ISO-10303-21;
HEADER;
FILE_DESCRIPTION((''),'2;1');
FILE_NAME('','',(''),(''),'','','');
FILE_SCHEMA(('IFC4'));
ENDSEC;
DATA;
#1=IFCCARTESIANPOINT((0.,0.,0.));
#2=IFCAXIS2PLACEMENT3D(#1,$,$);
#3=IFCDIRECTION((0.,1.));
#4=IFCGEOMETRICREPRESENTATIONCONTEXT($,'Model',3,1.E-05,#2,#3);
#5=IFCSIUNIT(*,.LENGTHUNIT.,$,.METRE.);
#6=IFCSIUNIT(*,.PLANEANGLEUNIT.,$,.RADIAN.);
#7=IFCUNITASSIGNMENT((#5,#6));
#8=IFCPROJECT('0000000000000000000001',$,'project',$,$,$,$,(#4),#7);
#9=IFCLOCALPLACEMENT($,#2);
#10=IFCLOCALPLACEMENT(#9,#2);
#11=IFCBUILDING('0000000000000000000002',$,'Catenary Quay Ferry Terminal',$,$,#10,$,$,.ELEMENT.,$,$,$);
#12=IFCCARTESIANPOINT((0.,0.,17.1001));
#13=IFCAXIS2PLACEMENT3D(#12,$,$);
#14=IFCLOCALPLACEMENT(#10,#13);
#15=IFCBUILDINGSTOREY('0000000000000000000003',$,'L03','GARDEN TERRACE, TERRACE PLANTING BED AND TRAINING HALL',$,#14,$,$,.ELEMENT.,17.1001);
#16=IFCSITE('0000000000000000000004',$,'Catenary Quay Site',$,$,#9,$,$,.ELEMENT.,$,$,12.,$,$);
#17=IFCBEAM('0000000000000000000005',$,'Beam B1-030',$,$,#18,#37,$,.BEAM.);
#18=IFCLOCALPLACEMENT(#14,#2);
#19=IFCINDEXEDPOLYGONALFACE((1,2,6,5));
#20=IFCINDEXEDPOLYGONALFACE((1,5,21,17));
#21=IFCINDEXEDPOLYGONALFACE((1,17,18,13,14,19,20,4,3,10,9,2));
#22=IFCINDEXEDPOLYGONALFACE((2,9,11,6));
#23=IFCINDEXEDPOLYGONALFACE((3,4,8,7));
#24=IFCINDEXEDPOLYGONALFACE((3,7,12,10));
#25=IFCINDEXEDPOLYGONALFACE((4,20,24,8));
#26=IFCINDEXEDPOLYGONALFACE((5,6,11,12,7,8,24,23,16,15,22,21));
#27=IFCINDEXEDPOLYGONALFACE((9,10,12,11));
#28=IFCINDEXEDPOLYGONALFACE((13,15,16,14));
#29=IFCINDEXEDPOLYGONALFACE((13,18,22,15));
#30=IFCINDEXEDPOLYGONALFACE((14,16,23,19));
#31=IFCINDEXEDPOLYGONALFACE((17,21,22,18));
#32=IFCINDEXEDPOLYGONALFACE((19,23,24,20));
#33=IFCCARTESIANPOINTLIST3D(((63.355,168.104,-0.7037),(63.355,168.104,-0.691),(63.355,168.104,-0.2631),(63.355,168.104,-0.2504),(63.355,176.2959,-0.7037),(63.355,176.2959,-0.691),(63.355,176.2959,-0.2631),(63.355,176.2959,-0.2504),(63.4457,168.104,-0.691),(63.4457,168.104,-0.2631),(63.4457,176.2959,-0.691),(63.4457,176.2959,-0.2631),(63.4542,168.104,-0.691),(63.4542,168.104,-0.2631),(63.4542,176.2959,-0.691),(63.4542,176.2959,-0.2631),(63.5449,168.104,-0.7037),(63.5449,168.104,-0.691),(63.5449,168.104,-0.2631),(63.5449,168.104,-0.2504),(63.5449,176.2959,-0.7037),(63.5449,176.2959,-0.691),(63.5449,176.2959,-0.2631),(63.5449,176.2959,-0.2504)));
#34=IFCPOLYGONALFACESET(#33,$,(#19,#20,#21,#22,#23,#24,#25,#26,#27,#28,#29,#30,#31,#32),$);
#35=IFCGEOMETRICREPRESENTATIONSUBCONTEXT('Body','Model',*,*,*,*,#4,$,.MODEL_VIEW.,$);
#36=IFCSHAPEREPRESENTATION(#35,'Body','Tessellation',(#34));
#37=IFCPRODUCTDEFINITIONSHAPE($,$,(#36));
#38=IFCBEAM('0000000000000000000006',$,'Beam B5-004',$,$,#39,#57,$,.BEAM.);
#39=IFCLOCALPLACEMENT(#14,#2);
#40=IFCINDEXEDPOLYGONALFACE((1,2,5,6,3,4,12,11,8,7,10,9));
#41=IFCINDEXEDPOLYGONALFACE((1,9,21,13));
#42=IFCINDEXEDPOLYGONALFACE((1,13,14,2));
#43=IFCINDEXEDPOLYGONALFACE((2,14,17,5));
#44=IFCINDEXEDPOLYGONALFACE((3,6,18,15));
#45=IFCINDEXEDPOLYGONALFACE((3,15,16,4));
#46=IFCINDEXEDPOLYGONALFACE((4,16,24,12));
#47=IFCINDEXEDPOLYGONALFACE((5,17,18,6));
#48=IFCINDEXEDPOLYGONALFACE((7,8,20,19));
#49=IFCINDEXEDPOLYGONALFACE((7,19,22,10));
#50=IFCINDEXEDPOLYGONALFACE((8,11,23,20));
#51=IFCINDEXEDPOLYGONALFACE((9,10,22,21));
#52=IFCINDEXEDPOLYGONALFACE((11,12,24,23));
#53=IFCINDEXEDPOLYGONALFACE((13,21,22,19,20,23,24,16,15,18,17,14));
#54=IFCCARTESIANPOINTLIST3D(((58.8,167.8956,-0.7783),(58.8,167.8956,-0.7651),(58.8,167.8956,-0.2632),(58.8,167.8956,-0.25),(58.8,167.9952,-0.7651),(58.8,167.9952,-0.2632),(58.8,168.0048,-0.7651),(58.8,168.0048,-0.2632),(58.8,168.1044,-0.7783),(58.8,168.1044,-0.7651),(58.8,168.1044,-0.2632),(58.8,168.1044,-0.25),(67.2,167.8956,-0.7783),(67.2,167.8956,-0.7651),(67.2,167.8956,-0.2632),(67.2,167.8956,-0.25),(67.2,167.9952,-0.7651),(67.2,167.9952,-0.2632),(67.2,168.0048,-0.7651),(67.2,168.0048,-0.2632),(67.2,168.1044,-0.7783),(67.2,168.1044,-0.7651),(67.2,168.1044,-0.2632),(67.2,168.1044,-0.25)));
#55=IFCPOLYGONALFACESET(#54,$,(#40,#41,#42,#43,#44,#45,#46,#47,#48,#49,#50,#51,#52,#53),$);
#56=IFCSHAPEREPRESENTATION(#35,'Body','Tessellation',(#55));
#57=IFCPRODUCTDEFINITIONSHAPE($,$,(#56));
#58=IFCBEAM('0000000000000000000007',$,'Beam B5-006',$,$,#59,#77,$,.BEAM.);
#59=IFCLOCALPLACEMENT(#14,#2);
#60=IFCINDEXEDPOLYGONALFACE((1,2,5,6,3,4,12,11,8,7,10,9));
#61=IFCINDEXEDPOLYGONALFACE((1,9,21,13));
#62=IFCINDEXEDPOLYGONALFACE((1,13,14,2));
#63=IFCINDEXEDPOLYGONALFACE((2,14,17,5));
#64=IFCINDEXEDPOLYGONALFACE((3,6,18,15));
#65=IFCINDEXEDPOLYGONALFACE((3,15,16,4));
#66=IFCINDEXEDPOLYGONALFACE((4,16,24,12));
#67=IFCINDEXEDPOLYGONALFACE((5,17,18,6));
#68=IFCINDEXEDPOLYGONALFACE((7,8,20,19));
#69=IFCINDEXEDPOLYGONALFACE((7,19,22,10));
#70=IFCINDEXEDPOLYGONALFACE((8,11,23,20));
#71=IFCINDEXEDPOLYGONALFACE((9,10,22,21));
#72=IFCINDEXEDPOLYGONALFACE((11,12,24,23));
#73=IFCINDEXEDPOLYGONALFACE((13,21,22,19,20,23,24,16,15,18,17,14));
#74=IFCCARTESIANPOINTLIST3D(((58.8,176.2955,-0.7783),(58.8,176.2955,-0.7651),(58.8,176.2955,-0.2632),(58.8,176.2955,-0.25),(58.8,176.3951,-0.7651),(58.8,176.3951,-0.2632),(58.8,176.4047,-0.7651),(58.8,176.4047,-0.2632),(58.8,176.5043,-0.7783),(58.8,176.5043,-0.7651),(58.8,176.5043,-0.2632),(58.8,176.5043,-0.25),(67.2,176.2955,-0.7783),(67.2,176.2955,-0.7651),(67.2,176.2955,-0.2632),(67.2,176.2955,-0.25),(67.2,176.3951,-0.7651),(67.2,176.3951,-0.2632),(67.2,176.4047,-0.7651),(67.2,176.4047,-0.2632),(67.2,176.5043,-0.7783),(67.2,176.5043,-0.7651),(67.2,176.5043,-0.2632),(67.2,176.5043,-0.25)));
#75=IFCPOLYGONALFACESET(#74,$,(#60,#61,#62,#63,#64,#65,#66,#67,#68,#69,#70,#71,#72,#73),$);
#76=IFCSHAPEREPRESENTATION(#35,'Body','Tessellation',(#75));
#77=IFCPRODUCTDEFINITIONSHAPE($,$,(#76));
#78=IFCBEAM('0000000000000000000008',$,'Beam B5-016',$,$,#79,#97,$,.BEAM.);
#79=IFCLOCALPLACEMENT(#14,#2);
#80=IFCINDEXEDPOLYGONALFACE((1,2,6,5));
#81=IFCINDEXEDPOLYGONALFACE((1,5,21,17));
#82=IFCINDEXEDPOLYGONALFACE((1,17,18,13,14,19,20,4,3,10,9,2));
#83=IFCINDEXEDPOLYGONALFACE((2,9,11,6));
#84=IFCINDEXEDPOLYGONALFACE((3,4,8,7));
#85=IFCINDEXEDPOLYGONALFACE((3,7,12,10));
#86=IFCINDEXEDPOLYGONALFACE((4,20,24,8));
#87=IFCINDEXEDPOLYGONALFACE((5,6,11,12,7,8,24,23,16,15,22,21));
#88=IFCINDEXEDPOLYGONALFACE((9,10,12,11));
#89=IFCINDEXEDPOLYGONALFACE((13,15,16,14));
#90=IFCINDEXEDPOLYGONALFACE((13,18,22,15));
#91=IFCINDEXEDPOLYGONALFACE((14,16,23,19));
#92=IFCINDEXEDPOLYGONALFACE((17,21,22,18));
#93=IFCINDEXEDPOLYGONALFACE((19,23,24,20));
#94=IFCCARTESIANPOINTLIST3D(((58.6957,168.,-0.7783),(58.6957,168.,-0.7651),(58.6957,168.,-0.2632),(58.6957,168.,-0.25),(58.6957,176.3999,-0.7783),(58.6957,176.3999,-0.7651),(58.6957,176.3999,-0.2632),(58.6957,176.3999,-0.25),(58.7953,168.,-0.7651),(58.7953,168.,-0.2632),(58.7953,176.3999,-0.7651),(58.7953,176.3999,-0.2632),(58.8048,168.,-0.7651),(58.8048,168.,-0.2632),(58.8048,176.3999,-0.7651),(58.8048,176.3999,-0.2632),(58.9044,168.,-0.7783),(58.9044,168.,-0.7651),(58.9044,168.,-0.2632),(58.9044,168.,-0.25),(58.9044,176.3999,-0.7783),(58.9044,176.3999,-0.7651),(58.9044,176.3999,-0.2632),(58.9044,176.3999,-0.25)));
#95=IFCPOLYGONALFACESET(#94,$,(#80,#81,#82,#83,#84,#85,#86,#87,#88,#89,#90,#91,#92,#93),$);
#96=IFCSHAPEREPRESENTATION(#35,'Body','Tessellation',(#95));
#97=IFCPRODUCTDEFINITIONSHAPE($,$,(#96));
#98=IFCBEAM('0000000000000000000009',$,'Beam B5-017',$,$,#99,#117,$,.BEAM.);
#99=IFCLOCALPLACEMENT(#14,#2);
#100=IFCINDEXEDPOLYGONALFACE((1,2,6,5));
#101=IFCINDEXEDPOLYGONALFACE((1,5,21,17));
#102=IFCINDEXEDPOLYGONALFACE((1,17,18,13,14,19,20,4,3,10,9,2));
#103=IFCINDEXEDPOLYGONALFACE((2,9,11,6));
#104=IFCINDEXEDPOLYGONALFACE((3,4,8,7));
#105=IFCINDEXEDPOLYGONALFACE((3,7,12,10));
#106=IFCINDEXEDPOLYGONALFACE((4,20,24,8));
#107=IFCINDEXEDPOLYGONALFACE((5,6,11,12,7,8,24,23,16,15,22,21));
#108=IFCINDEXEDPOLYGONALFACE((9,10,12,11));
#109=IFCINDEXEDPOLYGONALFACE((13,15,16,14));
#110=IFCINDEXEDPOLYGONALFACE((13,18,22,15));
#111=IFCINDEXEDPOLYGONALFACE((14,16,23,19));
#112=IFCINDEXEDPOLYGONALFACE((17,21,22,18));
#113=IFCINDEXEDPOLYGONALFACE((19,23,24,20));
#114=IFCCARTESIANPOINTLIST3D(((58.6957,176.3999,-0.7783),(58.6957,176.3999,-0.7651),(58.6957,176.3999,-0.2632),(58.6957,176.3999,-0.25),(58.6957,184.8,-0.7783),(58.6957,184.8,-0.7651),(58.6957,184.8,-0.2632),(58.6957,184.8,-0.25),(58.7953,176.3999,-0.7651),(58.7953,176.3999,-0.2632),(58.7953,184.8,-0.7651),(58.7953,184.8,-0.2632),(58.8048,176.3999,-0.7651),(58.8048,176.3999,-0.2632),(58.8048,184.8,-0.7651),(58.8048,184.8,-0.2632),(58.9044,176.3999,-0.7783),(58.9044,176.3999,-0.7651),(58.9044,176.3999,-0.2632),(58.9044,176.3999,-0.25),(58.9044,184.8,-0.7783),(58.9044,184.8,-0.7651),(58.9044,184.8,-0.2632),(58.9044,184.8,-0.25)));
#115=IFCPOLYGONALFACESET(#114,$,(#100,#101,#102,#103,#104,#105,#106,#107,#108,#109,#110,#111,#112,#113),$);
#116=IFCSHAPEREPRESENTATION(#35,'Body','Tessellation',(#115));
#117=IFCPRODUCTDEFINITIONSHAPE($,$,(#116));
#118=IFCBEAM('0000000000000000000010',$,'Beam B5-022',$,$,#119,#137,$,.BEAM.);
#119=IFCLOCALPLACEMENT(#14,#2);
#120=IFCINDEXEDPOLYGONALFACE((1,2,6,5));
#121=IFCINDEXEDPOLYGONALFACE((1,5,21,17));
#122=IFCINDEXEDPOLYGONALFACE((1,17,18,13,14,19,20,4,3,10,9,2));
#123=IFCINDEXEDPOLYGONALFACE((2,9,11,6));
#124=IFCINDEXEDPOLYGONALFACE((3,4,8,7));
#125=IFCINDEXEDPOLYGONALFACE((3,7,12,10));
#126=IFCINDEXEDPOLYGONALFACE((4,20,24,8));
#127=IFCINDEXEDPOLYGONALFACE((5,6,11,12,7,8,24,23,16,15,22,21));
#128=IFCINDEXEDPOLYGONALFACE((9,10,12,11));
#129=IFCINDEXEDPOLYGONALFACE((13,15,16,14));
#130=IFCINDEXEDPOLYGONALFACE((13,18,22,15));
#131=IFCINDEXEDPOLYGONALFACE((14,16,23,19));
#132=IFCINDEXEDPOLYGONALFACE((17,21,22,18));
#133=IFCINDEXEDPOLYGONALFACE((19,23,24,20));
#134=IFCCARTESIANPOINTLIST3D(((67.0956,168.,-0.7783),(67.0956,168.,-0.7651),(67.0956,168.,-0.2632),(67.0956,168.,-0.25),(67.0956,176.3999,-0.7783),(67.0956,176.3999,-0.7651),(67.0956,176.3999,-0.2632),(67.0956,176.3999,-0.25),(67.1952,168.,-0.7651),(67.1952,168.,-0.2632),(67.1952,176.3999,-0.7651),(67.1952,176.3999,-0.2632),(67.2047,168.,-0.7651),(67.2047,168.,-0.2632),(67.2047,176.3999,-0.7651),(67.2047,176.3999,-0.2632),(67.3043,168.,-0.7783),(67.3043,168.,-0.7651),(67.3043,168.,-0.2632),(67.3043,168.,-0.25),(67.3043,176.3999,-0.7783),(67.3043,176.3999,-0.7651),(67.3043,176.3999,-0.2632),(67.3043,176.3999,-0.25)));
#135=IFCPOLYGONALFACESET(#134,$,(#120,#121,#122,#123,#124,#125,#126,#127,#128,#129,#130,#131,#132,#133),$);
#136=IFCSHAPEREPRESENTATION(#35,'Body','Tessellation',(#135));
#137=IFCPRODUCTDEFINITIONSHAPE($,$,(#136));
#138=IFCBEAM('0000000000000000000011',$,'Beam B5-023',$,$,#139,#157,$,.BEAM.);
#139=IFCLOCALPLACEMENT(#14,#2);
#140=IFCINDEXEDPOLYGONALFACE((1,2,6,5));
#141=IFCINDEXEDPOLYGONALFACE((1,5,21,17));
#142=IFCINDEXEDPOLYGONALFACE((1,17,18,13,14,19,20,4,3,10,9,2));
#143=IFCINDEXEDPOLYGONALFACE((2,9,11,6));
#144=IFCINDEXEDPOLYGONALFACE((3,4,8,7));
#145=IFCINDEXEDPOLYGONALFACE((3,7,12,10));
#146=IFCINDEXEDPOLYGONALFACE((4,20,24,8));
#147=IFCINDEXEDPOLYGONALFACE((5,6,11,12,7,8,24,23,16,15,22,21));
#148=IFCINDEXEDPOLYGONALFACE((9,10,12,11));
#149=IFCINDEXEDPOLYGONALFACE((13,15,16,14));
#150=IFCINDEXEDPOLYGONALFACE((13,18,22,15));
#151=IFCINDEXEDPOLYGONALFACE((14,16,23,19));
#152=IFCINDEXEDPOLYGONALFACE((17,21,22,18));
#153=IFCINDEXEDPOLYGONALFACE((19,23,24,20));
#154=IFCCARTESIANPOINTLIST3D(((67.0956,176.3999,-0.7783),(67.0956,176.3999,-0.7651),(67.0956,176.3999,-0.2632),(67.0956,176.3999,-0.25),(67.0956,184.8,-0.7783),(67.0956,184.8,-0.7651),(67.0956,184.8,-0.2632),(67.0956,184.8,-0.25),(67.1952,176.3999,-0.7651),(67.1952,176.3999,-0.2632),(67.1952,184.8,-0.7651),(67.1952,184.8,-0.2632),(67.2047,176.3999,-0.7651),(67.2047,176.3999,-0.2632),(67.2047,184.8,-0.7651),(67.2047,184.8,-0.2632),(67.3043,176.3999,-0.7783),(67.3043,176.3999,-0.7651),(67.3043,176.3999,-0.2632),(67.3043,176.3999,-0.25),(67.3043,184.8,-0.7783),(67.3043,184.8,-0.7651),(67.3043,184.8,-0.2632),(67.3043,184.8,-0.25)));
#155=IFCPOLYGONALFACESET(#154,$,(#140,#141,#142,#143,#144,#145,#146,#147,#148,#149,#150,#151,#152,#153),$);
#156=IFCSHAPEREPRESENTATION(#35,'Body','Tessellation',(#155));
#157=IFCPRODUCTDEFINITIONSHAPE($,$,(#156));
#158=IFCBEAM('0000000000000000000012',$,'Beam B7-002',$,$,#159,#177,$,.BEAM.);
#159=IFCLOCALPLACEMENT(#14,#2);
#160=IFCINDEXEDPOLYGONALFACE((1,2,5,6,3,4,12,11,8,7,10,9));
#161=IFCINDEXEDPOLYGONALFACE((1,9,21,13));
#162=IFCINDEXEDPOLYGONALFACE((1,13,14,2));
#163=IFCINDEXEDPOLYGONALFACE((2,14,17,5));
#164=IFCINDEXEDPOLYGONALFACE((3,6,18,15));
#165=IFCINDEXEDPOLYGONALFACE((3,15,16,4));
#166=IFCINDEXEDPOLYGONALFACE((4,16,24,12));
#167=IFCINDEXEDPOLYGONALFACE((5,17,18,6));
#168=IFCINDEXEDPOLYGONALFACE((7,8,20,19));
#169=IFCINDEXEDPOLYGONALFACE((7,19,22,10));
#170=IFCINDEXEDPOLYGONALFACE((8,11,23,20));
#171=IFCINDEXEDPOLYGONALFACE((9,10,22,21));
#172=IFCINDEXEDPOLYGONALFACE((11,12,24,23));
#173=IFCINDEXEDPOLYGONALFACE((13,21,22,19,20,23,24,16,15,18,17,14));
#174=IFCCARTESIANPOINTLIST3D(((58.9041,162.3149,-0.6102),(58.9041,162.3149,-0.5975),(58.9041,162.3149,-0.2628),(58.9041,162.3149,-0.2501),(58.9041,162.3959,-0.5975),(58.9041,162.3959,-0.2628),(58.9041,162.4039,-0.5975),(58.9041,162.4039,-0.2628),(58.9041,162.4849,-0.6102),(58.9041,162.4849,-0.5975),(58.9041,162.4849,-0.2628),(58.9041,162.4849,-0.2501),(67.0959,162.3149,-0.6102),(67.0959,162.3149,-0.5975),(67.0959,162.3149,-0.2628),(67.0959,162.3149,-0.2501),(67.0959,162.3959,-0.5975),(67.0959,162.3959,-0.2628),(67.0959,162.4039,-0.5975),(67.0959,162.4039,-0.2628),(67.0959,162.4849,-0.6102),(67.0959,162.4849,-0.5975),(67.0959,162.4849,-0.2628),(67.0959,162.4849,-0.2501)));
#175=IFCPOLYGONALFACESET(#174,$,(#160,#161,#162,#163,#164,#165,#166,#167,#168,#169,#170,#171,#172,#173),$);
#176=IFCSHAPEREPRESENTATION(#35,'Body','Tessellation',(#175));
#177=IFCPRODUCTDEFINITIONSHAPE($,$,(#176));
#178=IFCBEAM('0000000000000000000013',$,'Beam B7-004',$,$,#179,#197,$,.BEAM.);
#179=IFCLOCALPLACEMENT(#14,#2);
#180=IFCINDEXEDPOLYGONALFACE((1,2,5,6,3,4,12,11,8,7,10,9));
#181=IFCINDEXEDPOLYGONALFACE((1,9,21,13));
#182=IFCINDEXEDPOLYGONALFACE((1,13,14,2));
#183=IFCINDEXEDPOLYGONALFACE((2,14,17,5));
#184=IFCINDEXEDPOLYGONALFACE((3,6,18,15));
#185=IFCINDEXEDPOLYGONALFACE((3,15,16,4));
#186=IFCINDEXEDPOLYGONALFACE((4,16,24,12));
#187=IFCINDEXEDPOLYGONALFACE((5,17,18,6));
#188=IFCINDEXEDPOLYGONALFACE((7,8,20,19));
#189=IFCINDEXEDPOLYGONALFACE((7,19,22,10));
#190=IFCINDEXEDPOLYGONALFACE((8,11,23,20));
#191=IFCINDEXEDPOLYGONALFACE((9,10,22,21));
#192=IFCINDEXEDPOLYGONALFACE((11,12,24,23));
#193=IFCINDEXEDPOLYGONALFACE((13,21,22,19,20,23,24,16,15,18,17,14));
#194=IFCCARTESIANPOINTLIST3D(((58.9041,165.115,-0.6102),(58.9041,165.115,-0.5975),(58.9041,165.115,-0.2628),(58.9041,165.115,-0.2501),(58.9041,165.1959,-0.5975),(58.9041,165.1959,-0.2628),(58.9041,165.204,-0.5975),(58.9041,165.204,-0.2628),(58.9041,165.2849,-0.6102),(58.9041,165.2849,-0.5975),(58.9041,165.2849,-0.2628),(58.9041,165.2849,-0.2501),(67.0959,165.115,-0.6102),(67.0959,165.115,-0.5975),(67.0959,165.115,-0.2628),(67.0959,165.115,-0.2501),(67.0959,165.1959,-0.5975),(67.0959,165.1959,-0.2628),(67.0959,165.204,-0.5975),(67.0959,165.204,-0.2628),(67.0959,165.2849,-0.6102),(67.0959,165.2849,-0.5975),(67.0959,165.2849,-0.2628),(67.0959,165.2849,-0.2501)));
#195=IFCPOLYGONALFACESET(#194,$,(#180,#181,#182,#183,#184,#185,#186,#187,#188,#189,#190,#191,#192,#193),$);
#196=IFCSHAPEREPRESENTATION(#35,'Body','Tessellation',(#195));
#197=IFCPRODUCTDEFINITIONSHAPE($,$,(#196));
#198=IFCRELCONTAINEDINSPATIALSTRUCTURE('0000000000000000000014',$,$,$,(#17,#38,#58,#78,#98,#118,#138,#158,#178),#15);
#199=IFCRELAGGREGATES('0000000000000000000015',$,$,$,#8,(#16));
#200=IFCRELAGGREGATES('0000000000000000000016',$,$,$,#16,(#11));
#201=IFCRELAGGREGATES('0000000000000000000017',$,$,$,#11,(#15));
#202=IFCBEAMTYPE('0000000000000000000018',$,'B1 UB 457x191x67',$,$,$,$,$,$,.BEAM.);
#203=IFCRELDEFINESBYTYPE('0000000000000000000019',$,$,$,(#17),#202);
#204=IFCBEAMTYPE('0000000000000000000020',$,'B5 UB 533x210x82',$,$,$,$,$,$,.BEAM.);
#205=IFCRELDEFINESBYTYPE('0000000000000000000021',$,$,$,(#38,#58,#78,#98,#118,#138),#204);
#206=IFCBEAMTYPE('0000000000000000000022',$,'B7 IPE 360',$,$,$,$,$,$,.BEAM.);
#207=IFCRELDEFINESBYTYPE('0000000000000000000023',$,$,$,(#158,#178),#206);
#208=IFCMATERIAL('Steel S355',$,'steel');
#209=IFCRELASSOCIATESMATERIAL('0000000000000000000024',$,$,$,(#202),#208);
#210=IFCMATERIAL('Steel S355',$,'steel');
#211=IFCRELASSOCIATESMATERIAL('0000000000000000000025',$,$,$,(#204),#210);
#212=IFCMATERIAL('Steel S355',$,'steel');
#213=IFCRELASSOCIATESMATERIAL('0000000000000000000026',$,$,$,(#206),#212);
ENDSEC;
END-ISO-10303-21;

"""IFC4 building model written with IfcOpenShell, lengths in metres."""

from ifc_helpers import new_model, si_unit, direction, frame, origin, origin_2d, place, context, subcontext, project, spatial, i_section, extrude, material, material_profile, profile_set, type_object, element, save


model = new_model("IFC4")

# Units and contexts
model_context = context("Model", 3, precision=1e-05, world=origin(), true_north=direction((0.0, 1.0)))
body_context = subcontext(model_context, "Body", "Model", "MODEL_VIEW")
ifc_project = project(units=[si_unit("LENGTHUNIT", "METRE"), si_unit("PLANEANGLEUNIT", "RADIAN")], contexts=[model_context])

# Site, building, storey
site_placement = place(None, origin())
site = spatial("IfcSite", under=ifc_project, at=site_placement, Name="Catenary Quay Site", CompositionType="ELEMENT", RefElevation=12.0)
building_placement = place(site_placement, origin())
building = spatial("IfcBuilding", under=site, at=building_placement, Name="Catenary Quay Ferry Terminal", CompositionType="ELEMENT")
storey_placement = place(building_placement, frame((0.0, 0.0, 17.1001)))
storey = spatial("IfcBuildingStorey", under=building, at=storey_placement, Name="L03", Description="GARDEN TERRACE, TERRACE PLANTING BED AND TRAINING HALL", CompositionType="ELEMENT", Elevation=17.1001)

# Beams
ifc_material_1 = material(Name="Steel S355", Category="steel")
ifc_material_profile_1 = material_profile(ifc_material_1, i_section(OverallWidth=0.1899, OverallDepth=0.4534, WebThickness=0.0085, FlangeThickness=0.0127, at=origin_2d()), Name="UB 457x191x67")
ifc_profile_set_1 = profile_set([ifc_material_profile_1], Name="Steel S355")
beam_type_1 = type_object("IfcBeamType", Name="B1 UB 457x191x67", PredefinedType="BEAM", material=ifc_profile_set_1)
beam_1_placement = place(storey_placement, frame((63.45, 168.104, -0.4771), z_axis=(0.0, 1.0, 0.0), x_axis=(-1.0, 0.0, 0.0)))
element("IfcBeam", 1, at=beam_1_placement, inside=storey, type_object=beam_type_1, Name="Beam B1-030", PredefinedType="BEAM", context=body_context, shape_type="SweptSolid", body=[
    extrude(i_section(OverallWidth=0.1899, OverallDepth=0.4534, WebThickness=0.0085, FlangeThickness=0.0127, at=origin_2d()), origin(), (0.0, 0.0, 1.0), 8.1919),
])
ifc_material_2 = material(Name="Steel S355", Category="steel")
ifc_material_profile_2 = material_profile(ifc_material_2, i_section(OverallWidth=0.2087, OverallDepth=0.5283, WebThickness=0.0095, FlangeThickness=0.0132, at=origin_2d()), Name="UB 533x210x82")
ifc_profile_set_2 = profile_set([ifc_material_profile_2], Name="Steel S355")
beam_type_2 = type_object("IfcBeamType", Name="B5 UB 533x210x82", PredefinedType="BEAM", material=ifc_profile_set_2)
for number, where, z_axis, x_axis, name in (
    (2, (58.8, 168.0, -0.5142), (1.0, 0.0, 0.0), (0.0, 1.0, 0.0), "Beam B5-004"),
    (3, (58.8, 176.3999, -0.5142), (1.0, 0.0, 0.0), (0.0, 1.0, 0.0), "Beam B5-006"),
    (4, (58.8, 168.0, -0.5142), (0.0, 1.0, 0.0), (-1.0, 0.0, 0.0), "Beam B5-016"),
):
    element("IfcBeam", number, at=place(storey_placement, frame(where, z_axis=z_axis, x_axis=x_axis)), inside=storey, type_object=beam_type_2, Name=name, PredefinedType="BEAM", context=body_context, shape_type="SweptSolid", body=[
        extrude(i_section(OverallWidth=0.2087, OverallDepth=0.5283, WebThickness=0.0095, FlangeThickness=0.0132, at=origin_2d()), origin(), (0.0, 0.0, 1.0), 8.3999),
    ])
beam_2_placement = place(storey_placement, frame((58.8, 176.3999, -0.5142), z_axis=(0.0, 1.0, 0.0), x_axis=(-1.0, 0.0, 0.0)))
element("IfcBeam", 5, at=beam_2_placement, inside=storey, type_object=beam_type_2, Name="Beam B5-017", PredefinedType="BEAM", context=body_context, shape_type="SweptSolid", body=[
    extrude(i_section(OverallWidth=0.2087, OverallDepth=0.5283, WebThickness=0.0095, FlangeThickness=0.0132, at=origin_2d()), origin(), (0.0, 0.0, 1.0), 8.4001),
])
beam_3_placement = place(storey_placement, frame((67.2, 168.0, -0.5142), z_axis=(0.0, 1.0, 0.0), x_axis=(-1.0, 0.0, 0.0)))
element("IfcBeam", 6, at=beam_3_placement, inside=storey, type_object=beam_type_2, Name="Beam B5-022", PredefinedType="BEAM", context=body_context, shape_type="SweptSolid", body=[
    extrude(i_section(OverallWidth=0.2087, OverallDepth=0.5283, WebThickness=0.0095, FlangeThickness=0.0132, at=origin_2d()), origin(), (0.0, 0.0, 1.0), 8.3999),
])
beam_4_placement = place(storey_placement, frame((67.2, 176.3999, -0.5142), z_axis=(0.0, 1.0, 0.0), x_axis=(-1.0, 0.0, 0.0)))
element("IfcBeam", 7, at=beam_4_placement, inside=storey, type_object=beam_type_2, Name="Beam B5-023", PredefinedType="BEAM", context=body_context, shape_type="SweptSolid", body=[
    extrude(i_section(OverallWidth=0.2087, OverallDepth=0.5283, WebThickness=0.0095, FlangeThickness=0.0132, at=origin_2d()), origin(), (0.0, 0.0, 1.0), 8.4001),
])
ifc_material_3 = material(Name="Steel S355", Category="steel")
ifc_material_profile_3 = material_profile(ifc_material_3, i_section(OverallWidth=0.1699, OverallDepth=0.3601, WebThickness=0.0081, FlangeThickness=0.0127, at=origin_2d()), Name="IPE 360")
ifc_profile_set_3 = profile_set([ifc_material_profile_3], Name="Steel S355")
beam_type_3 = type_object("IfcBeamType", Name="B7 IPE 360", PredefinedType="BEAM", material=ifc_profile_set_3)
for number, where, z_axis, x_axis, name in (
    (8, (58.9041, 162.3999, -0.4302), (1.0, 0.0, 0.0), (0.0, 1.0, 0.0), "Beam B7-002"),
    (9, (58.9041, 165.2, -0.4302), (1.0, 0.0, 0.0), (0.0, 1.0, 0.0), "Beam B7-004"),
):
    element("IfcBeam", number, at=place(storey_placement, frame(where, z_axis=z_axis, x_axis=x_axis)), inside=storey, type_object=beam_type_3, Name=name, PredefinedType="BEAM", context=body_context, shape_type="SweptSolid", body=[
        extrude(i_section(OverallWidth=0.1699, OverallDepth=0.3601, WebThickness=0.0081, FlangeThickness=0.0127, at=origin_2d()), origin(), (0.0, 0.0, 1.0), 8.1919),
    ])

save(model, "model.ifc")
